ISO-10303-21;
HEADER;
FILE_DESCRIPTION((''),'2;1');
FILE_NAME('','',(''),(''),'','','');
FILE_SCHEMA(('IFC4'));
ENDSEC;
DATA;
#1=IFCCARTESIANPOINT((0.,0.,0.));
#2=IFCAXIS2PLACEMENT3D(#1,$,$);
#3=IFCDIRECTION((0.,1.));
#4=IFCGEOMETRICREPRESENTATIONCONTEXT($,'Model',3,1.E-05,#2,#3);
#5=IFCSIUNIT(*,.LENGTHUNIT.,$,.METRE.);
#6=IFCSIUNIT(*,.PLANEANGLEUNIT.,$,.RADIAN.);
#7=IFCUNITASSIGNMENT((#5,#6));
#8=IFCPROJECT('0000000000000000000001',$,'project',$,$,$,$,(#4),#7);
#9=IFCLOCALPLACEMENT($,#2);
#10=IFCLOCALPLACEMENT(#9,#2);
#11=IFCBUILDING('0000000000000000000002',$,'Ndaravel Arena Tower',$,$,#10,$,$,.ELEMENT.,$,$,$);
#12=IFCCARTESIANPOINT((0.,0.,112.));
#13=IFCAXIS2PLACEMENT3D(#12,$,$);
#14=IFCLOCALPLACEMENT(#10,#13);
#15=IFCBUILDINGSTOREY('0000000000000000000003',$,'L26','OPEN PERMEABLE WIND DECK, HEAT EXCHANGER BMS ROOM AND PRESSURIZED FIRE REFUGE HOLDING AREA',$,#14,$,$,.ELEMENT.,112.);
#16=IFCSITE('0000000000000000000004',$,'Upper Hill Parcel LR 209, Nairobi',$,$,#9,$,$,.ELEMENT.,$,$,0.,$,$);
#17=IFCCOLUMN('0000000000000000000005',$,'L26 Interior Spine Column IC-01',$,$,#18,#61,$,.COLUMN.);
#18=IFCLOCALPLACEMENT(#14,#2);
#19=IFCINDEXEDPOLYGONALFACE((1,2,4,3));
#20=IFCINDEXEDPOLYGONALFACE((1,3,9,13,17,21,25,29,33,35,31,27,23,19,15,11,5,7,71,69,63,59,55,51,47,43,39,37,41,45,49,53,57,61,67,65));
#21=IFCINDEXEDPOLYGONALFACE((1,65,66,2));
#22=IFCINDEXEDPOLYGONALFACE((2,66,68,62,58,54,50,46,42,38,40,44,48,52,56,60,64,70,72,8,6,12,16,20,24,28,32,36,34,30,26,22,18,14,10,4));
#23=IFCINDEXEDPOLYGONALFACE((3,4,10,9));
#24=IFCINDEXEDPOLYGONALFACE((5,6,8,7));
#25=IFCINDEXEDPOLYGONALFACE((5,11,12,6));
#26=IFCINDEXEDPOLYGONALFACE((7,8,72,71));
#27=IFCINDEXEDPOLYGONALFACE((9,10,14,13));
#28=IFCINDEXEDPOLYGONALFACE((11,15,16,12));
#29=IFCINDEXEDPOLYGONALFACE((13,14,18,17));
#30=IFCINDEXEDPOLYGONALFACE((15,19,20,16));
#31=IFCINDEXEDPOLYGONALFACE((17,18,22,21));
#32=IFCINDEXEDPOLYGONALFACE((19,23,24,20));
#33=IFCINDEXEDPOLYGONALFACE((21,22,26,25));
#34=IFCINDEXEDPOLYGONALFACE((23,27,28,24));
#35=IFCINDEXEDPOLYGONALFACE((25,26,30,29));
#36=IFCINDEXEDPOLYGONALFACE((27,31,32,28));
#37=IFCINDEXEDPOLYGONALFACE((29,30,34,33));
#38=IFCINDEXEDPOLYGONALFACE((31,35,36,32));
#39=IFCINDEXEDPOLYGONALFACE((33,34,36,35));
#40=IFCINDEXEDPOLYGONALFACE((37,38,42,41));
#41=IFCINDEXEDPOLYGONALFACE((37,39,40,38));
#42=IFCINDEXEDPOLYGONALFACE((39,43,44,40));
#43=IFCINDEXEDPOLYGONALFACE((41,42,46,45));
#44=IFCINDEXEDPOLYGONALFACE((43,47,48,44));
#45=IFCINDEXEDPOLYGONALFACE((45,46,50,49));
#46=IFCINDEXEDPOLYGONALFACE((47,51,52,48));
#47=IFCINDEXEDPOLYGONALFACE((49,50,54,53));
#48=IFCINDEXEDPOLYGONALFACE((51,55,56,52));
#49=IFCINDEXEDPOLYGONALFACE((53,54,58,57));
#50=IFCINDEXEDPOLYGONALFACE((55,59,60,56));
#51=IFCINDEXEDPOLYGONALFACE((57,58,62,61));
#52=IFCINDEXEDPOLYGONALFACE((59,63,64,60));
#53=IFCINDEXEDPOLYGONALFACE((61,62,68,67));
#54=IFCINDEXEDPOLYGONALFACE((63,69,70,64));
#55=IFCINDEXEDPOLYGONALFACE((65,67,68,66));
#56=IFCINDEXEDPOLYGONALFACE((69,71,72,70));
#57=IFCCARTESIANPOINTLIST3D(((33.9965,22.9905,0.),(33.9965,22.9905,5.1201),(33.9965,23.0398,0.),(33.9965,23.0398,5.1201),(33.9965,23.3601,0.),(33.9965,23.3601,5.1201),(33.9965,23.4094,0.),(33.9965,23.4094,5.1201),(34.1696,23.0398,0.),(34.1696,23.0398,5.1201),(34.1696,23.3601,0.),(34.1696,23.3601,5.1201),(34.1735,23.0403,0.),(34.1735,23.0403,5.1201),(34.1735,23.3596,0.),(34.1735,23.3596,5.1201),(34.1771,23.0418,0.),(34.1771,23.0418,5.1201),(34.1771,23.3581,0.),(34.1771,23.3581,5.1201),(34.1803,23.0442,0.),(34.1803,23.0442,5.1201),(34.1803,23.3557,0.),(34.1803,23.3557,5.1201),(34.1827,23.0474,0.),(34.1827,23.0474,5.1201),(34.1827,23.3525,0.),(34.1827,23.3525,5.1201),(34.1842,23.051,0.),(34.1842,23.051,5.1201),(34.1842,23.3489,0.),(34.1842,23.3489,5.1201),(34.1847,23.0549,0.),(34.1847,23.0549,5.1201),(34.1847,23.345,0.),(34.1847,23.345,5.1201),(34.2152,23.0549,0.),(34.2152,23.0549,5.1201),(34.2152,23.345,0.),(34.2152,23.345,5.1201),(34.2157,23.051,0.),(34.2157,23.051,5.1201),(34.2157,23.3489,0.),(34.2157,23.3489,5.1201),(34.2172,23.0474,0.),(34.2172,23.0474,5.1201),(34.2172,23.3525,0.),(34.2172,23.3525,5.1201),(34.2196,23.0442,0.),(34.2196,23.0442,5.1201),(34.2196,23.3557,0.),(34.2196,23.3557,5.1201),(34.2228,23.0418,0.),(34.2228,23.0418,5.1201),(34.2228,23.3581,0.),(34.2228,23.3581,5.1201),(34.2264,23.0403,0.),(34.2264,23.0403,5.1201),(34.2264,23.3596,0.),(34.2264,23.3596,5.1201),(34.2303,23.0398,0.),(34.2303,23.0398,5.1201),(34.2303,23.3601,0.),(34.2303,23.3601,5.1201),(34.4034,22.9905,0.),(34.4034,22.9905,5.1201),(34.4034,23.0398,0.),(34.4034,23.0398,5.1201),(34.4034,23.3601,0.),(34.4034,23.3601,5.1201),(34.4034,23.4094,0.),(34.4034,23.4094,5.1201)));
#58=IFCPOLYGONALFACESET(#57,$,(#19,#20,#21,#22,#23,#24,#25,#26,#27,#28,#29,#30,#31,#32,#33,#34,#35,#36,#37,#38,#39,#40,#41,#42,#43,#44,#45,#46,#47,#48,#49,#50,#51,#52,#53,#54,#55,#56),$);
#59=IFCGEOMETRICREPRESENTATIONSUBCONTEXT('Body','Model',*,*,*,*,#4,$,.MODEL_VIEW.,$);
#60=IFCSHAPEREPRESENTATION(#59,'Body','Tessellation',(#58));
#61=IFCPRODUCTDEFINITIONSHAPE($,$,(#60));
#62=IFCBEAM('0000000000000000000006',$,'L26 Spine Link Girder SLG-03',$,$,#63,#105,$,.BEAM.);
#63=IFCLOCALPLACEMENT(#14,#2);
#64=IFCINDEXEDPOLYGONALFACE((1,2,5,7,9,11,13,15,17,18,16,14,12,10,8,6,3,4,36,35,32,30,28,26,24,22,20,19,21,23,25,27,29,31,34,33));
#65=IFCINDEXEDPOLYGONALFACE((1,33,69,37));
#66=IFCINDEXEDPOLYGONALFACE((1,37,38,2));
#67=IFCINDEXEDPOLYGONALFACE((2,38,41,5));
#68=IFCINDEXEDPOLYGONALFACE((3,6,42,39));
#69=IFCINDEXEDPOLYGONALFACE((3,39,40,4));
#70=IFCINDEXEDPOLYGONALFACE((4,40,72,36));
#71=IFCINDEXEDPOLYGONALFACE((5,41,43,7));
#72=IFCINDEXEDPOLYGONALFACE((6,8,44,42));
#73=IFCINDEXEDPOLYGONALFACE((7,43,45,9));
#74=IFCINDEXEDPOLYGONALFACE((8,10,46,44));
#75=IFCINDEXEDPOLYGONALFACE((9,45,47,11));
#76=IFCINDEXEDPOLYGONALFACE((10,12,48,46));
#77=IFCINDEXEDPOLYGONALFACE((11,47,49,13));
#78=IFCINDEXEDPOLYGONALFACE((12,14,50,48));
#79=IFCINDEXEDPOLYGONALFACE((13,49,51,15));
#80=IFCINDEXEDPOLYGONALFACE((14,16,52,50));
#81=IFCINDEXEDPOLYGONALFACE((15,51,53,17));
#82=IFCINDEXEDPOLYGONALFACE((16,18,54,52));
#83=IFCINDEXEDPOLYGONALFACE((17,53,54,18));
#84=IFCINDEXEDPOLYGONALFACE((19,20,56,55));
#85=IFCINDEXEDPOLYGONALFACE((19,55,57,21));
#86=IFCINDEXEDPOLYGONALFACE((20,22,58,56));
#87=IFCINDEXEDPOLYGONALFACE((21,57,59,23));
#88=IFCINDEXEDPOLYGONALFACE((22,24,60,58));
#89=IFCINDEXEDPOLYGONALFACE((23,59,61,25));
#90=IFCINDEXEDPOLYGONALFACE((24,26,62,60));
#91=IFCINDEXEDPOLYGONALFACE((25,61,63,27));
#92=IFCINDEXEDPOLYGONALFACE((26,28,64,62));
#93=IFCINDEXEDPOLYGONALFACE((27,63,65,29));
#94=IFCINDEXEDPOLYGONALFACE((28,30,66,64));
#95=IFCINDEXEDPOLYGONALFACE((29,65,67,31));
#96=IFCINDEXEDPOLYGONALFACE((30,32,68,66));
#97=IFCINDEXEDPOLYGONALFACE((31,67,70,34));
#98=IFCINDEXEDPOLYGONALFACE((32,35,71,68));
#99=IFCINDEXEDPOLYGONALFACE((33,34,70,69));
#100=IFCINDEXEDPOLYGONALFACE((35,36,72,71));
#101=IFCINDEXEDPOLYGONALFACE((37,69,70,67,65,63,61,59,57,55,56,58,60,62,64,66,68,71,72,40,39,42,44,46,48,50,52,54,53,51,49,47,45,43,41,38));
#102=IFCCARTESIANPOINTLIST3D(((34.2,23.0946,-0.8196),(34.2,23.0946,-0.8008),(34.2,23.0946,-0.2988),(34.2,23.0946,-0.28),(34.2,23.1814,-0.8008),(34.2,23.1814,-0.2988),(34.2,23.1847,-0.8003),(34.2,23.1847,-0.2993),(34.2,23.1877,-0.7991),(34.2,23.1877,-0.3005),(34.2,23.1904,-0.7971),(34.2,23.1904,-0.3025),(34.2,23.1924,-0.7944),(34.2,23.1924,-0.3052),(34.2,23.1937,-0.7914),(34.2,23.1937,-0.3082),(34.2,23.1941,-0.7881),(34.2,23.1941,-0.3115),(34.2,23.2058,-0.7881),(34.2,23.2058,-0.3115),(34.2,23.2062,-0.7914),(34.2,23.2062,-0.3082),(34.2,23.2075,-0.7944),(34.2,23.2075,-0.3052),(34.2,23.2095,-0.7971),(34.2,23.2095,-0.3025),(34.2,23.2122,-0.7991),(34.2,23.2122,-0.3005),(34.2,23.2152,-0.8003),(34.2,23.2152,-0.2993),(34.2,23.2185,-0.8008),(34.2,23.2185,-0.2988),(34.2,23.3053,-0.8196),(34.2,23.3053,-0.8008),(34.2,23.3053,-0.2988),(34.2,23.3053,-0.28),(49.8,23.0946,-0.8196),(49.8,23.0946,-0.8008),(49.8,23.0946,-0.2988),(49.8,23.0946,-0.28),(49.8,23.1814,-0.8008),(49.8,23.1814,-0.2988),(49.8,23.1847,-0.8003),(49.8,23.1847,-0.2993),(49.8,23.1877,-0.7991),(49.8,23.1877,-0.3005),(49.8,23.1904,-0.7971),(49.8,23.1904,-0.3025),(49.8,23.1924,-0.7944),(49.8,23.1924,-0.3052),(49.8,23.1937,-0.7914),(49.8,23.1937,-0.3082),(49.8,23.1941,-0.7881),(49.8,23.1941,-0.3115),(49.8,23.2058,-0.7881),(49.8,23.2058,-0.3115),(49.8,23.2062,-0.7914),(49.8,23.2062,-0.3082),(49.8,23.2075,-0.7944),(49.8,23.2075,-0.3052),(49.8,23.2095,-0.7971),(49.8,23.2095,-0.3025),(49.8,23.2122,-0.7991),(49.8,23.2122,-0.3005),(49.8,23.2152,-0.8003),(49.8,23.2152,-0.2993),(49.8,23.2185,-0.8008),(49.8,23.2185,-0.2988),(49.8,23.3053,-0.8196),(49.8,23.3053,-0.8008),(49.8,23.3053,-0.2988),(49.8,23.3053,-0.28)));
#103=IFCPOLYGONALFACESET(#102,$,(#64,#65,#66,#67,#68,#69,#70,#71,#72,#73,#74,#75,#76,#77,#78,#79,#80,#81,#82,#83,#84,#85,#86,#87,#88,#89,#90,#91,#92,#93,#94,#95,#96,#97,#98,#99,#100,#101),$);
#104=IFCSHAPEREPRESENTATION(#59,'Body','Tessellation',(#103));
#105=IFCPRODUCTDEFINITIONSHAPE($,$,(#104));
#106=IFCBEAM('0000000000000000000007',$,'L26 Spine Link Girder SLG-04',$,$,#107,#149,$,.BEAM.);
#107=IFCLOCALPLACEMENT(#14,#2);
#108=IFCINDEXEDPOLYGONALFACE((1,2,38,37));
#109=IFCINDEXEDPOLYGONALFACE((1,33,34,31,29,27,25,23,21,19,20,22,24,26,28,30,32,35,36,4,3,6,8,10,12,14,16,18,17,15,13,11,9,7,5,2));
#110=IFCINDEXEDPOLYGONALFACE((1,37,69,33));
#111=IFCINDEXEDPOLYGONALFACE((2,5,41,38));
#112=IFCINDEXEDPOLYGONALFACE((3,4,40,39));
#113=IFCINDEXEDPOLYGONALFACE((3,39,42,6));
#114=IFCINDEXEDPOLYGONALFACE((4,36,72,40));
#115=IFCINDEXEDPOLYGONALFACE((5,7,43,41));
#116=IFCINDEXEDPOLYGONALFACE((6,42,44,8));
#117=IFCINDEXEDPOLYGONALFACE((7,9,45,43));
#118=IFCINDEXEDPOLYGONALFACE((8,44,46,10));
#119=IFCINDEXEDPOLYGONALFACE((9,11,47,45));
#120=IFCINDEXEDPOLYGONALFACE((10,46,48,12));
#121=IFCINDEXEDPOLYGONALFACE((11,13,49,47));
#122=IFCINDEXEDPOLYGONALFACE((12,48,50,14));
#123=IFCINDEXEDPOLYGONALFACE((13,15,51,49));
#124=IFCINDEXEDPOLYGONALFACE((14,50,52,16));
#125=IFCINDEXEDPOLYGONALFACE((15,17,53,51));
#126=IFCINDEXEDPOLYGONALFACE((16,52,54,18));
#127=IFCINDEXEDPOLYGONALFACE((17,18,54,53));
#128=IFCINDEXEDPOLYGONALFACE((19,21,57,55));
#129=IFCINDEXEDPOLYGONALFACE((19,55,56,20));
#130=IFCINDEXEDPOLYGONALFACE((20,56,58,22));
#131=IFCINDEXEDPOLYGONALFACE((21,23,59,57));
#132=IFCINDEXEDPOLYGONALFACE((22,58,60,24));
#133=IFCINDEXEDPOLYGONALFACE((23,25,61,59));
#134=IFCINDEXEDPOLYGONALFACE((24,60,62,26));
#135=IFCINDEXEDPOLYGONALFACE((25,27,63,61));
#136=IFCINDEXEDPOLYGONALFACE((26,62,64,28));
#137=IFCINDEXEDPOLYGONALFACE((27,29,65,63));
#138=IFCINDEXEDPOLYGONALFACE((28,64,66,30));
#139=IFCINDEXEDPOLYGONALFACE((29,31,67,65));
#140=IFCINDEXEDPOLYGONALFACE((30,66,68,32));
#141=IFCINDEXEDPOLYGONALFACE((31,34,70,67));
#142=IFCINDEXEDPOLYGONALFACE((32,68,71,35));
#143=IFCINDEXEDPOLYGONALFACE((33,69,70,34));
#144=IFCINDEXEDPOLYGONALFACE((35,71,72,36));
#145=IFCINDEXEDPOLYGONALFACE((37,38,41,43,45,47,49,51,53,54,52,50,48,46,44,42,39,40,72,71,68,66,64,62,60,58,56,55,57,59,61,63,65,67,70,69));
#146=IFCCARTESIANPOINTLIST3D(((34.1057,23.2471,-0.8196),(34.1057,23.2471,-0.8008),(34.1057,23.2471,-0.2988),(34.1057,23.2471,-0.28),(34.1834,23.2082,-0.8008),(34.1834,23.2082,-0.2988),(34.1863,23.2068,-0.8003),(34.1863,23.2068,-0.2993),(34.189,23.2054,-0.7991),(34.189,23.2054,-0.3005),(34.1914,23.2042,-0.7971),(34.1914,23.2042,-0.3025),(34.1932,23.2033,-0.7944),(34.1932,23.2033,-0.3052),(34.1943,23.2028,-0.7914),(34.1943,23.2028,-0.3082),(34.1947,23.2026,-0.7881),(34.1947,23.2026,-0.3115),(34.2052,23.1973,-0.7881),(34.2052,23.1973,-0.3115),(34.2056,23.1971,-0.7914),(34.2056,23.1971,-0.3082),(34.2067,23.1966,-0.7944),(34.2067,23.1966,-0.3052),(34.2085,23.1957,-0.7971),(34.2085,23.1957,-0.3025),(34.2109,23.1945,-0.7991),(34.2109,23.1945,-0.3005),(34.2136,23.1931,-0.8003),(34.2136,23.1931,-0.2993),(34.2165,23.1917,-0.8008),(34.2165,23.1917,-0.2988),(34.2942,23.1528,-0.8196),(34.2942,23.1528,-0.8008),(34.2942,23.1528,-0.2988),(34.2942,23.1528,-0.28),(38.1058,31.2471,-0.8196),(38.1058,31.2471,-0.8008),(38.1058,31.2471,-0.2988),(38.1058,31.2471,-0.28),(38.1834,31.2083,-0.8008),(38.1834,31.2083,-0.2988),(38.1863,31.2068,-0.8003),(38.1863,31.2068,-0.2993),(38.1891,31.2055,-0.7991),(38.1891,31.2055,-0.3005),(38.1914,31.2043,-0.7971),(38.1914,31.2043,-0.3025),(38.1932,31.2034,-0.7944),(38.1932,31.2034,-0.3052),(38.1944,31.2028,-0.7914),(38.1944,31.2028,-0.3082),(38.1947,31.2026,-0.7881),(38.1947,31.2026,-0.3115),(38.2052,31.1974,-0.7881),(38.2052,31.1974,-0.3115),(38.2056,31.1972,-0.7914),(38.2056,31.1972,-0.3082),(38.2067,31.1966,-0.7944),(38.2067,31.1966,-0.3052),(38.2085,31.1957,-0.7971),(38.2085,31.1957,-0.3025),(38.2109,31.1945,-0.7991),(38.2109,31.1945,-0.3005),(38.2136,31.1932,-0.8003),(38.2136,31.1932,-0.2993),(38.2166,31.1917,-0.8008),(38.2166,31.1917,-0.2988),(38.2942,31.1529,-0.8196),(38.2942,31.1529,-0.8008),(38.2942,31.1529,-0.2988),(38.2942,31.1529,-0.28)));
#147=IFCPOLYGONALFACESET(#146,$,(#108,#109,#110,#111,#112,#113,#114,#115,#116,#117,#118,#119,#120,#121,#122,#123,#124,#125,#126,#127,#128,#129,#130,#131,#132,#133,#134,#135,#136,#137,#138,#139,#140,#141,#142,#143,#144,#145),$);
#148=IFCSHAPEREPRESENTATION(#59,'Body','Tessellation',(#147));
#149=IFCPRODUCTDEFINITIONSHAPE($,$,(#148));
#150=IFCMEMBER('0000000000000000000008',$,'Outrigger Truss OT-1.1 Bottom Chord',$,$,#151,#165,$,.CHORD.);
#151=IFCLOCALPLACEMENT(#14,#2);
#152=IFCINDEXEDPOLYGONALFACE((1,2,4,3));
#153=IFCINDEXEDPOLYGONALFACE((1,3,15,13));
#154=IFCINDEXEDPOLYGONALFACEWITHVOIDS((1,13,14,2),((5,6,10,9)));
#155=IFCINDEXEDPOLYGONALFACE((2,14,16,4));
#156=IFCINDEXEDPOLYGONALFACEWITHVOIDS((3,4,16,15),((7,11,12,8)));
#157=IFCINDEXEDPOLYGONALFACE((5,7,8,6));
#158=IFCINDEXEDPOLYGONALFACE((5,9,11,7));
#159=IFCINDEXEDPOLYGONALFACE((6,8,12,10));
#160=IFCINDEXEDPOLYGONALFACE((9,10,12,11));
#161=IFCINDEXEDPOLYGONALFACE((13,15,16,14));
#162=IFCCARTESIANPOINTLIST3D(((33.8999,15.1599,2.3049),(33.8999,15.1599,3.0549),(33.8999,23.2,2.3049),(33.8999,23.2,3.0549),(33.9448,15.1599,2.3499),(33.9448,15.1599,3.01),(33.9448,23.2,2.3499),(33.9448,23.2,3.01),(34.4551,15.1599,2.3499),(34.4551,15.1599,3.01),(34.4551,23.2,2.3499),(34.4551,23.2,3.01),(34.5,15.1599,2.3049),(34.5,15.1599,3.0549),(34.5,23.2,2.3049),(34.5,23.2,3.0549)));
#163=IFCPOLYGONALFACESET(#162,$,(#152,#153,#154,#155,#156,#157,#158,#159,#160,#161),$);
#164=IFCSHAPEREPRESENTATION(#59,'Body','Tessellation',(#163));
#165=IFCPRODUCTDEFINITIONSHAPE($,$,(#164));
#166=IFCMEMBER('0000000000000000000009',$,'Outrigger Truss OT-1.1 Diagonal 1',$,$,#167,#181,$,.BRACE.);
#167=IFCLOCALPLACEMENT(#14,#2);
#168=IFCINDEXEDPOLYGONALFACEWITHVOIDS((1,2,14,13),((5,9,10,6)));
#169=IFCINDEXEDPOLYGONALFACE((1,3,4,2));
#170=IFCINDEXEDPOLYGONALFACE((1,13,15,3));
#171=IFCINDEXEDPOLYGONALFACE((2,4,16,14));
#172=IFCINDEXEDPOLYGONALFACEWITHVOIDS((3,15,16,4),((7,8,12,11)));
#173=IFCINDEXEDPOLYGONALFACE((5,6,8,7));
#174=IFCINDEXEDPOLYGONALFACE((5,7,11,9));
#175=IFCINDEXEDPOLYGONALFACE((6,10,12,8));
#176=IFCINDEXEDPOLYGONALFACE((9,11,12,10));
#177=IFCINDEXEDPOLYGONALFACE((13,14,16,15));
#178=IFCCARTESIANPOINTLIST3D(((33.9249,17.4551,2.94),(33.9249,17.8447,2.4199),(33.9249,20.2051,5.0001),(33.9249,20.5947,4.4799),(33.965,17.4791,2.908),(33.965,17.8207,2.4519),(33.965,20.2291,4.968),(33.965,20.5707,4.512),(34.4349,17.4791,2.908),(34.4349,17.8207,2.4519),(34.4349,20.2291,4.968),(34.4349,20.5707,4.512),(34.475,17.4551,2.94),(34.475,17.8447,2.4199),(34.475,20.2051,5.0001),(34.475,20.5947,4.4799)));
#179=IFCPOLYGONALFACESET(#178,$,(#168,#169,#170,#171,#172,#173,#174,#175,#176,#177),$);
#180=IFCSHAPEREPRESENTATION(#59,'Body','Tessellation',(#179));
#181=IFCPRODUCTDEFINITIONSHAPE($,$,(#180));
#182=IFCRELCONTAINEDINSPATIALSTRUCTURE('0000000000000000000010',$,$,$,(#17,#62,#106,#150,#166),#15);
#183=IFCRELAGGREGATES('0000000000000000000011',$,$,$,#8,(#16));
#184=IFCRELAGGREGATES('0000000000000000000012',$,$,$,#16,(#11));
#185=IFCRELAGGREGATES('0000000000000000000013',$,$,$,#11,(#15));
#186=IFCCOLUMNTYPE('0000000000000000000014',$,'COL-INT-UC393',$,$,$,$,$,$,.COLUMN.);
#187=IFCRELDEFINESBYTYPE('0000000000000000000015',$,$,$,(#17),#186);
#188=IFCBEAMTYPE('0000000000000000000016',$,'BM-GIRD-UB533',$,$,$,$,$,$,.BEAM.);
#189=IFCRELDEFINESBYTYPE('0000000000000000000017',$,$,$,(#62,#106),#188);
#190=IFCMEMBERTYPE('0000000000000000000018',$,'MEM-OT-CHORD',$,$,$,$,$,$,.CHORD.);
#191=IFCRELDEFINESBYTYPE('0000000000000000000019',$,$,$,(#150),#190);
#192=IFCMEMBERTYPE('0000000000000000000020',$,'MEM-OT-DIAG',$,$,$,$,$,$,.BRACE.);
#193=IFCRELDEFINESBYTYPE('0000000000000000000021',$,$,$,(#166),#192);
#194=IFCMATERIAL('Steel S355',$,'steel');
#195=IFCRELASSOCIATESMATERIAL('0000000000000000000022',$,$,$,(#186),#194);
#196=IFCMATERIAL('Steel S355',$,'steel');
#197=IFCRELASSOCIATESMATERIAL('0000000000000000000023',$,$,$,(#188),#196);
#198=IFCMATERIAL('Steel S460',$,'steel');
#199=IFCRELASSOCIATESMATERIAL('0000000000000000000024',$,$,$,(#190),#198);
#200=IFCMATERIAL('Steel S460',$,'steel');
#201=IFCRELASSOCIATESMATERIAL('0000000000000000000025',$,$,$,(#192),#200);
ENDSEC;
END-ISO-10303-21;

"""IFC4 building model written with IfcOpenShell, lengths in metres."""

from ifc_helpers import new_model, si_unit, direction, frame, origin, origin_2d, place, context, subcontext, project, spatial, hollow_rectangle, i_section, extrude, material, material_profile, profile_set, type_object, element, save


model = new_model("IFC4")

# Units and contexts
model_context = context("Model", 3, precision=1e-05, world=origin(), true_north=direction((0.0, 1.0)))
body_context = subcontext(model_context, "Body", "Model", "MODEL_VIEW")
ifc_project = project(units=[si_unit("LENGTHUNIT", "METRE"), si_unit("PLANEANGLEUNIT", "RADIAN")], contexts=[model_context])

# Site, building, storey
site_placement = place(None, origin())
site = spatial("IfcSite", under=ifc_project, at=site_placement, Name="Upper Hill Parcel LR 209, Nairobi", CompositionType="ELEMENT", RefElevation=0.0)
building_placement = place(site_placement, origin())
building = spatial("IfcBuilding", under=site, at=building_placement, Name="Ndaravel Arena Tower", CompositionType="ELEMENT")
storey_placement = place(building_placement, frame((0.0, 0.0, 112.0)))
storey = spatial("IfcBuildingStorey", under=building, at=storey_placement, Name="L26", Description="OPEN PERMEABLE WIND DECK, HEAT EXCHANGER BMS ROOM AND PRESSURIZED FIRE REFUGE HOLDING AREA", CompositionType="ELEMENT", Elevation=112.0)

# Column
ifc_material_1 = material(Name="Steel S355", Category="steel")
ifc_material_profile_1 = material_profile(ifc_material_1, i_section(OverallWidth=0.407, OverallDepth=0.4189, WebThickness=0.0305, FlangeThickness=0.0493, FilletRadius=0.0151, at=origin_2d()), Name="UC 356x406x393")
ifc_profile_set_1 = profile_set([ifc_material_profile_1], Name="Steel S355")
column_type = type_object("IfcColumnType", Name="COL-INT-UC393", PredefinedType="COLUMN", material=ifc_profile_set_1)
column_placement = place(storey_placement, frame((34.2, 23.2, 0.0), z_axis=(0.0, 0.0, 1.0), x_axis=(1.0, 0.0, 0.0)))
element("IfcColumn", 1, at=column_placement, inside=storey, type_object=column_type, Name="L26 Interior Spine Column IC-01", PredefinedType="COLUMN", context=body_context, shape_type="SweptSolid", body=[
    extrude(i_section(OverallWidth=0.407, OverallDepth=0.4189, WebThickness=0.0305, FlangeThickness=0.0493, FilletRadius=0.0151, at=origin_2d()), origin(), (0.0, 0.0, 1.0), 5.1201),
])

# Beams
ifc_material_2 = material(Name="Steel S355", Category="steel")
ifc_material_profile_2 = material_profile(ifc_material_2, i_section(OverallWidth=0.2107, OverallDepth=0.5396, WebThickness=0.0117, FlangeThickness=0.0188, FilletRadius=0.0127, at=origin_2d()), Name="UB 533x210x109")
ifc_profile_set_2 = profile_set([ifc_material_profile_2], Name="Steel S355")
beam_type = type_object("IfcBeamType", Name="BM-GIRD-UB533", PredefinedType="BEAM", material=ifc_profile_set_2)
beam_1_placement = place(storey_placement, frame((34.2, 23.2, -0.5498), z_axis=(1.0, 0.0, 0.0), x_axis=(0.0, 1.0, 0.0)))
element("IfcBeam", 2, at=beam_1_placement, inside=storey, type_object=beam_type, Name="L26 Spine Link Girder SLG-03", PredefinedType="BEAM", context=body_context, shape_type="SweptSolid", body=[
    extrude(i_section(OverallWidth=0.2107, OverallDepth=0.5396, WebThickness=0.0117, FlangeThickness=0.0188, FilletRadius=0.0127, at=origin_2d()), origin(), (0.0, 0.0, 1.0), 15.6001),
])
beam_2_placement = place(storey_placement, frame((34.2, 23.2, -0.5498), z_axis=(0.447214, 0.894427, 0.0), x_axis=(-0.894427, 0.447214, 0.0)))
element("IfcBeam", 3, at=beam_2_placement, inside=storey, type_object=beam_type, Name="L26 Spine Link Girder SLG-04", PredefinedType="BEAM", context=body_context, shape_type="SweptSolid", body=[
    extrude(i_section(OverallWidth=0.2107, OverallDepth=0.5396, WebThickness=0.0117, FlangeThickness=0.0188, FilletRadius=0.0127, at=origin_2d()), origin(), (0.0, 0.0, 1.0), 8.9443),
])

# Members
ifc_material_3 = material(Name="Steel S460", Category="steel")
ifc_material_profile_3 = material_profile(ifc_material_3, hollow_rectangle(XDim=0.6001, YDim=0.75, WallThickness=0.0449, at=origin_2d()), Name="BOX 750x600x45")
ifc_profile_set_3 = profile_set([ifc_material_profile_3], Name="Steel S460")
member_type_1 = type_object("IfcMemberType", Name="MEM-OT-CHORD", PredefinedType="CHORD", material=ifc_profile_set_3)
member_1_placement = place(storey_placement, frame((34.2, 15.1599, 2.6799), z_axis=(0.0, 1.0, 0.0), x_axis=(-1.0, 0.0, 0.0)))
element("IfcMember", 4, at=member_1_placement, inside=storey, type_object=member_type_1, Name="Outrigger Truss OT-1.1 Bottom Chord", PredefinedType="CHORD", context=body_context, shape_type="SweptSolid", body=[
    extrude(hollow_rectangle(XDim=0.6001, YDim=0.75, WallThickness=0.0449, at=origin_2d()), origin(), (0.0, 0.0, 1.0), 8.04),
])
ifc_material_4 = material(Name="Steel S460", Category="steel")
ifc_material_profile_4 = material_profile(ifc_material_4, hollow_rectangle(XDim=0.55, YDim=0.6499, WallThickness=0.04, at=origin_2d()), Name="BOX 650x550x40")
ifc_profile_set_4 = profile_set([ifc_material_profile_4], Name="Steel S460")
member_type_2 = type_object("IfcMemberType", Name="MEM-OT-DIAG", PredefinedType="BRACE", material=ifc_profile_set_4)
member_2_placement = place(storey_placement, frame((34.2, 17.6499, 2.6799), z_axis=(0.0, 0.800341, 0.599545), x_axis=(-1.0, 0.0, 0.0)))
element("IfcMember", 5, at=member_2_placement, inside=storey, type_object=member_type_2, Name="Outrigger Truss OT-1.1 Diagonal 1", PredefinedType="BRACE", context=body_context, shape_type="SweptSolid", body=[
    extrude(hollow_rectangle(XDim=0.55, YDim=0.6499, WallThickness=0.04, at=origin_2d()), origin(), (0.0, 0.0, 1.0), 3.436),
])

save(model, "model.ifc")
